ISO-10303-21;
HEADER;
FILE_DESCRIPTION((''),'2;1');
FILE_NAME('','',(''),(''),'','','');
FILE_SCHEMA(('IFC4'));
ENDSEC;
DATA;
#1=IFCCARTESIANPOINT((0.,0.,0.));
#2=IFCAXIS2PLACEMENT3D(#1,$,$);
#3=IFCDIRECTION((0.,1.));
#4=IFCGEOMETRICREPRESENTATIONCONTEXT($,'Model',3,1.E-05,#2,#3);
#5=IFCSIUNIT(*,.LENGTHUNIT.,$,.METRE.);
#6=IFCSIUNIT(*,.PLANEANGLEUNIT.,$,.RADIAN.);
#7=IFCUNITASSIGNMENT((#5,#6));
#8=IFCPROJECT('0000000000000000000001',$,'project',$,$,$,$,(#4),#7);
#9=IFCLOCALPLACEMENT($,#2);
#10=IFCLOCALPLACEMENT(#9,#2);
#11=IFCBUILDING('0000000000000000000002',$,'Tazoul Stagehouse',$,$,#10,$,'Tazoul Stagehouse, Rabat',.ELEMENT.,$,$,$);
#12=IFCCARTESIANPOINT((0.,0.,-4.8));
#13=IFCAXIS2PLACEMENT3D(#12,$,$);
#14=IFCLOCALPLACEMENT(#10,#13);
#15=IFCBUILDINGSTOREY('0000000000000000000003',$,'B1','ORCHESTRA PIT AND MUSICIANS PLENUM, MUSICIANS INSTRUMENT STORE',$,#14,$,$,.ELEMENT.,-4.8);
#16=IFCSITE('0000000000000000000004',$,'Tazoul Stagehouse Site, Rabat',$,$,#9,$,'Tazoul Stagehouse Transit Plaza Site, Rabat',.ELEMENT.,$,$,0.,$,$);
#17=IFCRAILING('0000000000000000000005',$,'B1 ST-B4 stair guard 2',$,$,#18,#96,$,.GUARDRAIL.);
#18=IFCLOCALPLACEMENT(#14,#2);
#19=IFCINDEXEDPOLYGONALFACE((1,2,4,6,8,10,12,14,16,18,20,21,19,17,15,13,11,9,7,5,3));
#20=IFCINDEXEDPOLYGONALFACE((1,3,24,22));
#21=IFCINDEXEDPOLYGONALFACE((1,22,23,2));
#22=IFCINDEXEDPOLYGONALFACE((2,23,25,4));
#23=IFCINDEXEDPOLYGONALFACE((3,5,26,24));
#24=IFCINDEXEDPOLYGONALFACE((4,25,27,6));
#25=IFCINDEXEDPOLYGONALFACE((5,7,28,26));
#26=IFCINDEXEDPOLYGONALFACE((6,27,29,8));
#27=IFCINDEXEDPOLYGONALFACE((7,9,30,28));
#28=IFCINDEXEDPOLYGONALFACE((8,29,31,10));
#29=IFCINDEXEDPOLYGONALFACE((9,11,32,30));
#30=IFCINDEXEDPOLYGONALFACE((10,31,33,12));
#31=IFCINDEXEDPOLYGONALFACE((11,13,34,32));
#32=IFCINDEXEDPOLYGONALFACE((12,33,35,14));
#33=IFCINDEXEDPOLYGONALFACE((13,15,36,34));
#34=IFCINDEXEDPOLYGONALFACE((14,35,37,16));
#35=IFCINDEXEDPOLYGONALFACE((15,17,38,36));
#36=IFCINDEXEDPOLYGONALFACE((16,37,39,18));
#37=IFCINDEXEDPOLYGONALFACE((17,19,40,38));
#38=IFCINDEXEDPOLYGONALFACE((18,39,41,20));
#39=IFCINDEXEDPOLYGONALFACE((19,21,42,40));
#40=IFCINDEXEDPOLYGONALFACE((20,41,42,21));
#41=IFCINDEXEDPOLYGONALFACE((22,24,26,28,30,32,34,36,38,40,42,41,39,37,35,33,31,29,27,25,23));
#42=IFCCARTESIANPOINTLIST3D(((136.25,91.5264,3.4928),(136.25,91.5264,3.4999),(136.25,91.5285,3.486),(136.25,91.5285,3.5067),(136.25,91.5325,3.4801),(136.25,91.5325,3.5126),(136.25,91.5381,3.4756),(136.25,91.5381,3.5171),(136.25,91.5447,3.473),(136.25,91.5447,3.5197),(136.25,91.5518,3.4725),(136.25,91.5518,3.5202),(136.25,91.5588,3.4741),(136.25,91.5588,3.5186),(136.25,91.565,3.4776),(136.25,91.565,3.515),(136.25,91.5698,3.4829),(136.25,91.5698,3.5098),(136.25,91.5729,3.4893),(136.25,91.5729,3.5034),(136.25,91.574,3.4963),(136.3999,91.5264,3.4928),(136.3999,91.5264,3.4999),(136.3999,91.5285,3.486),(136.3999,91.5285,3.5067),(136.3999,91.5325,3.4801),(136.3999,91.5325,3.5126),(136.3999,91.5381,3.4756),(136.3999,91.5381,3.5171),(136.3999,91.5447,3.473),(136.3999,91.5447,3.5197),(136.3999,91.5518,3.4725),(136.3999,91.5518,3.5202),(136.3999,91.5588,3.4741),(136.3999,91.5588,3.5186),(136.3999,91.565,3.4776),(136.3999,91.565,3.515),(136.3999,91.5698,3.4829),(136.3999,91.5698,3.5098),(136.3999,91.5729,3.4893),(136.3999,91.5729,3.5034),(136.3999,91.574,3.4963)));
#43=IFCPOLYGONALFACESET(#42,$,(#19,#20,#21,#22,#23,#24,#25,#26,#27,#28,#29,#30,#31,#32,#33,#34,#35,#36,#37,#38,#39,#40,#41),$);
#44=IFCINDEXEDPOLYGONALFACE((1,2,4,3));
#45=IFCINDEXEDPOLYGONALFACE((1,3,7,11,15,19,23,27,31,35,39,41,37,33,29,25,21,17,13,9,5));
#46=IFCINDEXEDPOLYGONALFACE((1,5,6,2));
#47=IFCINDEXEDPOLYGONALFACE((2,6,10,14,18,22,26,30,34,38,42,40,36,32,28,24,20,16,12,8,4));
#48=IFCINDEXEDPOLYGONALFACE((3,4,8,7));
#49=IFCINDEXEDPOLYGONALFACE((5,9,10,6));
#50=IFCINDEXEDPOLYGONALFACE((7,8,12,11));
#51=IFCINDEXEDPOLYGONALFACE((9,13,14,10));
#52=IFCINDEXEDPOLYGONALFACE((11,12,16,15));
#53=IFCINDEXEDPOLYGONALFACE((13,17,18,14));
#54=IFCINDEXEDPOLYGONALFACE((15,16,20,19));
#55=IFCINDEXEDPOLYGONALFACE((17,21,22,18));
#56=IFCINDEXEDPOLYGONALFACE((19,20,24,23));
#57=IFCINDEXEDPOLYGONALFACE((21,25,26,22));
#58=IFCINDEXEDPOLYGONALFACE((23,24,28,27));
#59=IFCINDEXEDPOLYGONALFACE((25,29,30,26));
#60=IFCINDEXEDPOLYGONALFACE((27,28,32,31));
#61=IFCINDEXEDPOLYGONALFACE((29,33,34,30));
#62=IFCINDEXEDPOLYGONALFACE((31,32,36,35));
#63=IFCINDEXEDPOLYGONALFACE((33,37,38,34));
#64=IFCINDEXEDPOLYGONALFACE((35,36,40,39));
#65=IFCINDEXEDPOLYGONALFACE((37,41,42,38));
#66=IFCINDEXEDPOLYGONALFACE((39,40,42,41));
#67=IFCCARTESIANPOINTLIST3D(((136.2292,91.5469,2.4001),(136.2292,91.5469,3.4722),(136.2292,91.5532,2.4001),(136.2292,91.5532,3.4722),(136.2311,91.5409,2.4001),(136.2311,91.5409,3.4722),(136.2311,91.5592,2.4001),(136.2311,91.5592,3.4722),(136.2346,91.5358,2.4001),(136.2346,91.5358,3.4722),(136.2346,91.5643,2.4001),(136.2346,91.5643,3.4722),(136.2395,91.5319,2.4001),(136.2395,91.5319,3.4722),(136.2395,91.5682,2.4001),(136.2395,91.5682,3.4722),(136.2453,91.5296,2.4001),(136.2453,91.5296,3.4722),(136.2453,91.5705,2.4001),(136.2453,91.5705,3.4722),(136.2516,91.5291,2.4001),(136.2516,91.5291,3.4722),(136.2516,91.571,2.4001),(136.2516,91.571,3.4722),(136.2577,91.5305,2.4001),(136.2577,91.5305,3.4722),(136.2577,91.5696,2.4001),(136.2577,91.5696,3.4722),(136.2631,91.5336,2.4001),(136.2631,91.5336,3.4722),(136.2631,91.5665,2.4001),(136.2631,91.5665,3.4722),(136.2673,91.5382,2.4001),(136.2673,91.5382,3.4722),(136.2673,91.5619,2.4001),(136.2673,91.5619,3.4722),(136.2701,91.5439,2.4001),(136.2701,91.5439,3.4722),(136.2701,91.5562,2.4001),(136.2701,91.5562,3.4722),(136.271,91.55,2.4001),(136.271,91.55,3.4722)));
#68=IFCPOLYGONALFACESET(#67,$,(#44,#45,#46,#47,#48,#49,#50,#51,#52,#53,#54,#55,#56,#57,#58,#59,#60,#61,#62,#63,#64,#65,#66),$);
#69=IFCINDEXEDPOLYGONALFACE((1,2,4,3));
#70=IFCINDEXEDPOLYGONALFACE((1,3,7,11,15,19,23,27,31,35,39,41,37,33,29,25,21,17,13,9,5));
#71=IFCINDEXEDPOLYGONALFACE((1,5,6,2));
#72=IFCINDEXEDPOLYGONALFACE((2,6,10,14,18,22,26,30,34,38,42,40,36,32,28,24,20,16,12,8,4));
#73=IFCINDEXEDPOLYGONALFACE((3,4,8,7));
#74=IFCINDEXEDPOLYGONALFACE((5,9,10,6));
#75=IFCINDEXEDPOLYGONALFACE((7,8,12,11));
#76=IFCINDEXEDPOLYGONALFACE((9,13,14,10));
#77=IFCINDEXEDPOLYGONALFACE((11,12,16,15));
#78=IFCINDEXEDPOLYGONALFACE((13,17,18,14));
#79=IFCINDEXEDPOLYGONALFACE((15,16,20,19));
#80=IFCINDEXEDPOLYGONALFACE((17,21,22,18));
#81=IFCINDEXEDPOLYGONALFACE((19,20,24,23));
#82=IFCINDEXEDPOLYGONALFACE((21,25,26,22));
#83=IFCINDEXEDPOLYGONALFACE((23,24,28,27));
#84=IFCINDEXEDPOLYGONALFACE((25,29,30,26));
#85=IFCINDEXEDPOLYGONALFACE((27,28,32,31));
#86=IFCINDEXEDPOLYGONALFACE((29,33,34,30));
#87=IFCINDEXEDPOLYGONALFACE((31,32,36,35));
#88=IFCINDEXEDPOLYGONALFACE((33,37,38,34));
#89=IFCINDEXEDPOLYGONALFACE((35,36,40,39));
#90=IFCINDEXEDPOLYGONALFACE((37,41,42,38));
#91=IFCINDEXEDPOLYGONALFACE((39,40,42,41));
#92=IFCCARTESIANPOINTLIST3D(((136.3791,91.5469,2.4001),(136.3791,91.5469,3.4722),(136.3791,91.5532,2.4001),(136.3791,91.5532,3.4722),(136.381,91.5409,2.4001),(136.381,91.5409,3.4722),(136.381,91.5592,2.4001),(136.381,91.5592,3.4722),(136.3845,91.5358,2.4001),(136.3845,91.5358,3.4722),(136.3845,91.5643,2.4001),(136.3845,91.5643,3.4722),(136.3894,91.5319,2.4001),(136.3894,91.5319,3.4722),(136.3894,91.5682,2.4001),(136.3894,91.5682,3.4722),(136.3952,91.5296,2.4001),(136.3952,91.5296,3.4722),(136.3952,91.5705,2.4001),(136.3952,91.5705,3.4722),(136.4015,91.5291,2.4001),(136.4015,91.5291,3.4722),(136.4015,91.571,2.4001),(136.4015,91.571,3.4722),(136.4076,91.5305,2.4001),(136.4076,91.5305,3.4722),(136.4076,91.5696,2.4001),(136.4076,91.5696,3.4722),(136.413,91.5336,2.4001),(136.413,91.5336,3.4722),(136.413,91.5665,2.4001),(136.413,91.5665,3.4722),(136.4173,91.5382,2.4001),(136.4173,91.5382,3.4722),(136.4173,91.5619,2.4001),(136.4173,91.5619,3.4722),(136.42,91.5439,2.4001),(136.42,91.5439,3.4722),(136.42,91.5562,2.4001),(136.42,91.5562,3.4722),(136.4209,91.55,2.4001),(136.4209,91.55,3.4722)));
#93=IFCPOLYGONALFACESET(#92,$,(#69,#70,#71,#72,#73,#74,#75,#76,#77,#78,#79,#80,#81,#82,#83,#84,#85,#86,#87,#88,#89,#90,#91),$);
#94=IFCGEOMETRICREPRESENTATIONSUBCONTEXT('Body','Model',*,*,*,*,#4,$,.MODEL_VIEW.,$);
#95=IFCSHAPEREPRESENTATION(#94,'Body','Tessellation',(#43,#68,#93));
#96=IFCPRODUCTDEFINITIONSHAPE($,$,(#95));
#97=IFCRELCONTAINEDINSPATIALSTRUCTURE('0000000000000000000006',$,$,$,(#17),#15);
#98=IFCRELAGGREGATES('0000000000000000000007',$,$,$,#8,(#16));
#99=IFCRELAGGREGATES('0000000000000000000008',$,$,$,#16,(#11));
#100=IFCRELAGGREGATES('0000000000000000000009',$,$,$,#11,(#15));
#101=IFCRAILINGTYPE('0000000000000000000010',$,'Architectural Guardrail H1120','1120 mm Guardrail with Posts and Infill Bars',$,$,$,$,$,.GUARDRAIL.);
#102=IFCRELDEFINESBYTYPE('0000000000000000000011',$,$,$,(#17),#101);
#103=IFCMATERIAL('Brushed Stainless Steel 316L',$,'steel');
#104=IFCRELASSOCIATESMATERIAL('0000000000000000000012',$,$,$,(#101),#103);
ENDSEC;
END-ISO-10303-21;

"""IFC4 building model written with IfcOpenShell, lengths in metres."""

from ifc_helpers import new_model, si_unit, direction, frame, origin, origin_2d, place, context, subcontext, project, spatial, circle, extrude, material, material_profile, profile_set, type_object, element, save


model = new_model("IFC4")

# Units and contexts
model_context = context("Model", 3, precision=1e-05, world=origin(), true_north=direction((0.0, 1.0)))
body_context = subcontext(model_context, "Body", "Model", "MODEL_VIEW")
ifc_project = project(units=[si_unit("LENGTHUNIT", "METRE"), si_unit("PLANEANGLEUNIT", "RADIAN")], contexts=[model_context])

# Site, building, storey
site_placement = place(None, origin())
site = spatial("IfcSite", under=ifc_project, at=site_placement, Name="Tazoul Stagehouse Site, Rabat", LongName="Tazoul Stagehouse Transit Plaza Site, Rabat", CompositionType="ELEMENT", RefElevation=0.0)
building_placement = place(site_placement, origin())
building = spatial("IfcBuilding", under=site, at=building_placement, Name="Tazoul Stagehouse", LongName="Tazoul Stagehouse, Rabat", CompositionType="ELEMENT")
storey_placement = place(building_placement, frame((0.0, 0.0, -4.8)))
storey = spatial("IfcBuildingStorey", under=building, at=storey_placement, Name="B1", Description="ORCHESTRA PIT AND MUSICIANS PLENUM, MUSICIANS INSTRUMENT STORE", CompositionType="ELEMENT", Elevation=-4.8)

# Railing
ifc_material_1 = material(Name="Brushed Stainless Steel 316L", Category="steel")
ifc_material_profile_1 = material_profile(ifc_material_1, circle(Radius=0.0239, at=origin_2d()), Name="SS RAIL D48")
ifc_profile_set_1 = profile_set([ifc_material_profile_1], Name="Brushed Stainless Steel 316L")
railing_type_1 = type_object("IfcRailingType", Name="Architectural Guardrail H1120", Description="1120 mm Guardrail with Posts and Infill Bars", PredefinedType="GUARDRAIL", material=ifc_profile_set_1)
railing_1_placement = place(storey_placement, frame((136.25, 91.55, 2.4001)))
element("IfcRailing", 1, at=railing_1_placement, inside=storey, type_object=railing_type_1, Name="B1 ST-B4 stair guard 2", PredefinedType="GUARDRAIL", context=body_context, shape_type="SweptSolid", body=[
    extrude(circle(Radius=0.0239, at=origin_2d()), frame((0.0, 0.0, 1.0962), z_axis=(1.0, 0.0, 0.0), x_axis=(0.0, 1.0, 0.0)), (0.0, 0.0, 1.0), 0.1499),
    extrude(circle(Radius=0.021, at=origin_2d()), origin(), (0.0, 0.0, 1.0), 1.072),
    extrude(circle(Radius=0.021, at=origin_2d()), frame((0.1499, 0.0, 0.0)), (0.0, 0.0, 1.0), 1.072),
])

save(model, "model.ifc")
